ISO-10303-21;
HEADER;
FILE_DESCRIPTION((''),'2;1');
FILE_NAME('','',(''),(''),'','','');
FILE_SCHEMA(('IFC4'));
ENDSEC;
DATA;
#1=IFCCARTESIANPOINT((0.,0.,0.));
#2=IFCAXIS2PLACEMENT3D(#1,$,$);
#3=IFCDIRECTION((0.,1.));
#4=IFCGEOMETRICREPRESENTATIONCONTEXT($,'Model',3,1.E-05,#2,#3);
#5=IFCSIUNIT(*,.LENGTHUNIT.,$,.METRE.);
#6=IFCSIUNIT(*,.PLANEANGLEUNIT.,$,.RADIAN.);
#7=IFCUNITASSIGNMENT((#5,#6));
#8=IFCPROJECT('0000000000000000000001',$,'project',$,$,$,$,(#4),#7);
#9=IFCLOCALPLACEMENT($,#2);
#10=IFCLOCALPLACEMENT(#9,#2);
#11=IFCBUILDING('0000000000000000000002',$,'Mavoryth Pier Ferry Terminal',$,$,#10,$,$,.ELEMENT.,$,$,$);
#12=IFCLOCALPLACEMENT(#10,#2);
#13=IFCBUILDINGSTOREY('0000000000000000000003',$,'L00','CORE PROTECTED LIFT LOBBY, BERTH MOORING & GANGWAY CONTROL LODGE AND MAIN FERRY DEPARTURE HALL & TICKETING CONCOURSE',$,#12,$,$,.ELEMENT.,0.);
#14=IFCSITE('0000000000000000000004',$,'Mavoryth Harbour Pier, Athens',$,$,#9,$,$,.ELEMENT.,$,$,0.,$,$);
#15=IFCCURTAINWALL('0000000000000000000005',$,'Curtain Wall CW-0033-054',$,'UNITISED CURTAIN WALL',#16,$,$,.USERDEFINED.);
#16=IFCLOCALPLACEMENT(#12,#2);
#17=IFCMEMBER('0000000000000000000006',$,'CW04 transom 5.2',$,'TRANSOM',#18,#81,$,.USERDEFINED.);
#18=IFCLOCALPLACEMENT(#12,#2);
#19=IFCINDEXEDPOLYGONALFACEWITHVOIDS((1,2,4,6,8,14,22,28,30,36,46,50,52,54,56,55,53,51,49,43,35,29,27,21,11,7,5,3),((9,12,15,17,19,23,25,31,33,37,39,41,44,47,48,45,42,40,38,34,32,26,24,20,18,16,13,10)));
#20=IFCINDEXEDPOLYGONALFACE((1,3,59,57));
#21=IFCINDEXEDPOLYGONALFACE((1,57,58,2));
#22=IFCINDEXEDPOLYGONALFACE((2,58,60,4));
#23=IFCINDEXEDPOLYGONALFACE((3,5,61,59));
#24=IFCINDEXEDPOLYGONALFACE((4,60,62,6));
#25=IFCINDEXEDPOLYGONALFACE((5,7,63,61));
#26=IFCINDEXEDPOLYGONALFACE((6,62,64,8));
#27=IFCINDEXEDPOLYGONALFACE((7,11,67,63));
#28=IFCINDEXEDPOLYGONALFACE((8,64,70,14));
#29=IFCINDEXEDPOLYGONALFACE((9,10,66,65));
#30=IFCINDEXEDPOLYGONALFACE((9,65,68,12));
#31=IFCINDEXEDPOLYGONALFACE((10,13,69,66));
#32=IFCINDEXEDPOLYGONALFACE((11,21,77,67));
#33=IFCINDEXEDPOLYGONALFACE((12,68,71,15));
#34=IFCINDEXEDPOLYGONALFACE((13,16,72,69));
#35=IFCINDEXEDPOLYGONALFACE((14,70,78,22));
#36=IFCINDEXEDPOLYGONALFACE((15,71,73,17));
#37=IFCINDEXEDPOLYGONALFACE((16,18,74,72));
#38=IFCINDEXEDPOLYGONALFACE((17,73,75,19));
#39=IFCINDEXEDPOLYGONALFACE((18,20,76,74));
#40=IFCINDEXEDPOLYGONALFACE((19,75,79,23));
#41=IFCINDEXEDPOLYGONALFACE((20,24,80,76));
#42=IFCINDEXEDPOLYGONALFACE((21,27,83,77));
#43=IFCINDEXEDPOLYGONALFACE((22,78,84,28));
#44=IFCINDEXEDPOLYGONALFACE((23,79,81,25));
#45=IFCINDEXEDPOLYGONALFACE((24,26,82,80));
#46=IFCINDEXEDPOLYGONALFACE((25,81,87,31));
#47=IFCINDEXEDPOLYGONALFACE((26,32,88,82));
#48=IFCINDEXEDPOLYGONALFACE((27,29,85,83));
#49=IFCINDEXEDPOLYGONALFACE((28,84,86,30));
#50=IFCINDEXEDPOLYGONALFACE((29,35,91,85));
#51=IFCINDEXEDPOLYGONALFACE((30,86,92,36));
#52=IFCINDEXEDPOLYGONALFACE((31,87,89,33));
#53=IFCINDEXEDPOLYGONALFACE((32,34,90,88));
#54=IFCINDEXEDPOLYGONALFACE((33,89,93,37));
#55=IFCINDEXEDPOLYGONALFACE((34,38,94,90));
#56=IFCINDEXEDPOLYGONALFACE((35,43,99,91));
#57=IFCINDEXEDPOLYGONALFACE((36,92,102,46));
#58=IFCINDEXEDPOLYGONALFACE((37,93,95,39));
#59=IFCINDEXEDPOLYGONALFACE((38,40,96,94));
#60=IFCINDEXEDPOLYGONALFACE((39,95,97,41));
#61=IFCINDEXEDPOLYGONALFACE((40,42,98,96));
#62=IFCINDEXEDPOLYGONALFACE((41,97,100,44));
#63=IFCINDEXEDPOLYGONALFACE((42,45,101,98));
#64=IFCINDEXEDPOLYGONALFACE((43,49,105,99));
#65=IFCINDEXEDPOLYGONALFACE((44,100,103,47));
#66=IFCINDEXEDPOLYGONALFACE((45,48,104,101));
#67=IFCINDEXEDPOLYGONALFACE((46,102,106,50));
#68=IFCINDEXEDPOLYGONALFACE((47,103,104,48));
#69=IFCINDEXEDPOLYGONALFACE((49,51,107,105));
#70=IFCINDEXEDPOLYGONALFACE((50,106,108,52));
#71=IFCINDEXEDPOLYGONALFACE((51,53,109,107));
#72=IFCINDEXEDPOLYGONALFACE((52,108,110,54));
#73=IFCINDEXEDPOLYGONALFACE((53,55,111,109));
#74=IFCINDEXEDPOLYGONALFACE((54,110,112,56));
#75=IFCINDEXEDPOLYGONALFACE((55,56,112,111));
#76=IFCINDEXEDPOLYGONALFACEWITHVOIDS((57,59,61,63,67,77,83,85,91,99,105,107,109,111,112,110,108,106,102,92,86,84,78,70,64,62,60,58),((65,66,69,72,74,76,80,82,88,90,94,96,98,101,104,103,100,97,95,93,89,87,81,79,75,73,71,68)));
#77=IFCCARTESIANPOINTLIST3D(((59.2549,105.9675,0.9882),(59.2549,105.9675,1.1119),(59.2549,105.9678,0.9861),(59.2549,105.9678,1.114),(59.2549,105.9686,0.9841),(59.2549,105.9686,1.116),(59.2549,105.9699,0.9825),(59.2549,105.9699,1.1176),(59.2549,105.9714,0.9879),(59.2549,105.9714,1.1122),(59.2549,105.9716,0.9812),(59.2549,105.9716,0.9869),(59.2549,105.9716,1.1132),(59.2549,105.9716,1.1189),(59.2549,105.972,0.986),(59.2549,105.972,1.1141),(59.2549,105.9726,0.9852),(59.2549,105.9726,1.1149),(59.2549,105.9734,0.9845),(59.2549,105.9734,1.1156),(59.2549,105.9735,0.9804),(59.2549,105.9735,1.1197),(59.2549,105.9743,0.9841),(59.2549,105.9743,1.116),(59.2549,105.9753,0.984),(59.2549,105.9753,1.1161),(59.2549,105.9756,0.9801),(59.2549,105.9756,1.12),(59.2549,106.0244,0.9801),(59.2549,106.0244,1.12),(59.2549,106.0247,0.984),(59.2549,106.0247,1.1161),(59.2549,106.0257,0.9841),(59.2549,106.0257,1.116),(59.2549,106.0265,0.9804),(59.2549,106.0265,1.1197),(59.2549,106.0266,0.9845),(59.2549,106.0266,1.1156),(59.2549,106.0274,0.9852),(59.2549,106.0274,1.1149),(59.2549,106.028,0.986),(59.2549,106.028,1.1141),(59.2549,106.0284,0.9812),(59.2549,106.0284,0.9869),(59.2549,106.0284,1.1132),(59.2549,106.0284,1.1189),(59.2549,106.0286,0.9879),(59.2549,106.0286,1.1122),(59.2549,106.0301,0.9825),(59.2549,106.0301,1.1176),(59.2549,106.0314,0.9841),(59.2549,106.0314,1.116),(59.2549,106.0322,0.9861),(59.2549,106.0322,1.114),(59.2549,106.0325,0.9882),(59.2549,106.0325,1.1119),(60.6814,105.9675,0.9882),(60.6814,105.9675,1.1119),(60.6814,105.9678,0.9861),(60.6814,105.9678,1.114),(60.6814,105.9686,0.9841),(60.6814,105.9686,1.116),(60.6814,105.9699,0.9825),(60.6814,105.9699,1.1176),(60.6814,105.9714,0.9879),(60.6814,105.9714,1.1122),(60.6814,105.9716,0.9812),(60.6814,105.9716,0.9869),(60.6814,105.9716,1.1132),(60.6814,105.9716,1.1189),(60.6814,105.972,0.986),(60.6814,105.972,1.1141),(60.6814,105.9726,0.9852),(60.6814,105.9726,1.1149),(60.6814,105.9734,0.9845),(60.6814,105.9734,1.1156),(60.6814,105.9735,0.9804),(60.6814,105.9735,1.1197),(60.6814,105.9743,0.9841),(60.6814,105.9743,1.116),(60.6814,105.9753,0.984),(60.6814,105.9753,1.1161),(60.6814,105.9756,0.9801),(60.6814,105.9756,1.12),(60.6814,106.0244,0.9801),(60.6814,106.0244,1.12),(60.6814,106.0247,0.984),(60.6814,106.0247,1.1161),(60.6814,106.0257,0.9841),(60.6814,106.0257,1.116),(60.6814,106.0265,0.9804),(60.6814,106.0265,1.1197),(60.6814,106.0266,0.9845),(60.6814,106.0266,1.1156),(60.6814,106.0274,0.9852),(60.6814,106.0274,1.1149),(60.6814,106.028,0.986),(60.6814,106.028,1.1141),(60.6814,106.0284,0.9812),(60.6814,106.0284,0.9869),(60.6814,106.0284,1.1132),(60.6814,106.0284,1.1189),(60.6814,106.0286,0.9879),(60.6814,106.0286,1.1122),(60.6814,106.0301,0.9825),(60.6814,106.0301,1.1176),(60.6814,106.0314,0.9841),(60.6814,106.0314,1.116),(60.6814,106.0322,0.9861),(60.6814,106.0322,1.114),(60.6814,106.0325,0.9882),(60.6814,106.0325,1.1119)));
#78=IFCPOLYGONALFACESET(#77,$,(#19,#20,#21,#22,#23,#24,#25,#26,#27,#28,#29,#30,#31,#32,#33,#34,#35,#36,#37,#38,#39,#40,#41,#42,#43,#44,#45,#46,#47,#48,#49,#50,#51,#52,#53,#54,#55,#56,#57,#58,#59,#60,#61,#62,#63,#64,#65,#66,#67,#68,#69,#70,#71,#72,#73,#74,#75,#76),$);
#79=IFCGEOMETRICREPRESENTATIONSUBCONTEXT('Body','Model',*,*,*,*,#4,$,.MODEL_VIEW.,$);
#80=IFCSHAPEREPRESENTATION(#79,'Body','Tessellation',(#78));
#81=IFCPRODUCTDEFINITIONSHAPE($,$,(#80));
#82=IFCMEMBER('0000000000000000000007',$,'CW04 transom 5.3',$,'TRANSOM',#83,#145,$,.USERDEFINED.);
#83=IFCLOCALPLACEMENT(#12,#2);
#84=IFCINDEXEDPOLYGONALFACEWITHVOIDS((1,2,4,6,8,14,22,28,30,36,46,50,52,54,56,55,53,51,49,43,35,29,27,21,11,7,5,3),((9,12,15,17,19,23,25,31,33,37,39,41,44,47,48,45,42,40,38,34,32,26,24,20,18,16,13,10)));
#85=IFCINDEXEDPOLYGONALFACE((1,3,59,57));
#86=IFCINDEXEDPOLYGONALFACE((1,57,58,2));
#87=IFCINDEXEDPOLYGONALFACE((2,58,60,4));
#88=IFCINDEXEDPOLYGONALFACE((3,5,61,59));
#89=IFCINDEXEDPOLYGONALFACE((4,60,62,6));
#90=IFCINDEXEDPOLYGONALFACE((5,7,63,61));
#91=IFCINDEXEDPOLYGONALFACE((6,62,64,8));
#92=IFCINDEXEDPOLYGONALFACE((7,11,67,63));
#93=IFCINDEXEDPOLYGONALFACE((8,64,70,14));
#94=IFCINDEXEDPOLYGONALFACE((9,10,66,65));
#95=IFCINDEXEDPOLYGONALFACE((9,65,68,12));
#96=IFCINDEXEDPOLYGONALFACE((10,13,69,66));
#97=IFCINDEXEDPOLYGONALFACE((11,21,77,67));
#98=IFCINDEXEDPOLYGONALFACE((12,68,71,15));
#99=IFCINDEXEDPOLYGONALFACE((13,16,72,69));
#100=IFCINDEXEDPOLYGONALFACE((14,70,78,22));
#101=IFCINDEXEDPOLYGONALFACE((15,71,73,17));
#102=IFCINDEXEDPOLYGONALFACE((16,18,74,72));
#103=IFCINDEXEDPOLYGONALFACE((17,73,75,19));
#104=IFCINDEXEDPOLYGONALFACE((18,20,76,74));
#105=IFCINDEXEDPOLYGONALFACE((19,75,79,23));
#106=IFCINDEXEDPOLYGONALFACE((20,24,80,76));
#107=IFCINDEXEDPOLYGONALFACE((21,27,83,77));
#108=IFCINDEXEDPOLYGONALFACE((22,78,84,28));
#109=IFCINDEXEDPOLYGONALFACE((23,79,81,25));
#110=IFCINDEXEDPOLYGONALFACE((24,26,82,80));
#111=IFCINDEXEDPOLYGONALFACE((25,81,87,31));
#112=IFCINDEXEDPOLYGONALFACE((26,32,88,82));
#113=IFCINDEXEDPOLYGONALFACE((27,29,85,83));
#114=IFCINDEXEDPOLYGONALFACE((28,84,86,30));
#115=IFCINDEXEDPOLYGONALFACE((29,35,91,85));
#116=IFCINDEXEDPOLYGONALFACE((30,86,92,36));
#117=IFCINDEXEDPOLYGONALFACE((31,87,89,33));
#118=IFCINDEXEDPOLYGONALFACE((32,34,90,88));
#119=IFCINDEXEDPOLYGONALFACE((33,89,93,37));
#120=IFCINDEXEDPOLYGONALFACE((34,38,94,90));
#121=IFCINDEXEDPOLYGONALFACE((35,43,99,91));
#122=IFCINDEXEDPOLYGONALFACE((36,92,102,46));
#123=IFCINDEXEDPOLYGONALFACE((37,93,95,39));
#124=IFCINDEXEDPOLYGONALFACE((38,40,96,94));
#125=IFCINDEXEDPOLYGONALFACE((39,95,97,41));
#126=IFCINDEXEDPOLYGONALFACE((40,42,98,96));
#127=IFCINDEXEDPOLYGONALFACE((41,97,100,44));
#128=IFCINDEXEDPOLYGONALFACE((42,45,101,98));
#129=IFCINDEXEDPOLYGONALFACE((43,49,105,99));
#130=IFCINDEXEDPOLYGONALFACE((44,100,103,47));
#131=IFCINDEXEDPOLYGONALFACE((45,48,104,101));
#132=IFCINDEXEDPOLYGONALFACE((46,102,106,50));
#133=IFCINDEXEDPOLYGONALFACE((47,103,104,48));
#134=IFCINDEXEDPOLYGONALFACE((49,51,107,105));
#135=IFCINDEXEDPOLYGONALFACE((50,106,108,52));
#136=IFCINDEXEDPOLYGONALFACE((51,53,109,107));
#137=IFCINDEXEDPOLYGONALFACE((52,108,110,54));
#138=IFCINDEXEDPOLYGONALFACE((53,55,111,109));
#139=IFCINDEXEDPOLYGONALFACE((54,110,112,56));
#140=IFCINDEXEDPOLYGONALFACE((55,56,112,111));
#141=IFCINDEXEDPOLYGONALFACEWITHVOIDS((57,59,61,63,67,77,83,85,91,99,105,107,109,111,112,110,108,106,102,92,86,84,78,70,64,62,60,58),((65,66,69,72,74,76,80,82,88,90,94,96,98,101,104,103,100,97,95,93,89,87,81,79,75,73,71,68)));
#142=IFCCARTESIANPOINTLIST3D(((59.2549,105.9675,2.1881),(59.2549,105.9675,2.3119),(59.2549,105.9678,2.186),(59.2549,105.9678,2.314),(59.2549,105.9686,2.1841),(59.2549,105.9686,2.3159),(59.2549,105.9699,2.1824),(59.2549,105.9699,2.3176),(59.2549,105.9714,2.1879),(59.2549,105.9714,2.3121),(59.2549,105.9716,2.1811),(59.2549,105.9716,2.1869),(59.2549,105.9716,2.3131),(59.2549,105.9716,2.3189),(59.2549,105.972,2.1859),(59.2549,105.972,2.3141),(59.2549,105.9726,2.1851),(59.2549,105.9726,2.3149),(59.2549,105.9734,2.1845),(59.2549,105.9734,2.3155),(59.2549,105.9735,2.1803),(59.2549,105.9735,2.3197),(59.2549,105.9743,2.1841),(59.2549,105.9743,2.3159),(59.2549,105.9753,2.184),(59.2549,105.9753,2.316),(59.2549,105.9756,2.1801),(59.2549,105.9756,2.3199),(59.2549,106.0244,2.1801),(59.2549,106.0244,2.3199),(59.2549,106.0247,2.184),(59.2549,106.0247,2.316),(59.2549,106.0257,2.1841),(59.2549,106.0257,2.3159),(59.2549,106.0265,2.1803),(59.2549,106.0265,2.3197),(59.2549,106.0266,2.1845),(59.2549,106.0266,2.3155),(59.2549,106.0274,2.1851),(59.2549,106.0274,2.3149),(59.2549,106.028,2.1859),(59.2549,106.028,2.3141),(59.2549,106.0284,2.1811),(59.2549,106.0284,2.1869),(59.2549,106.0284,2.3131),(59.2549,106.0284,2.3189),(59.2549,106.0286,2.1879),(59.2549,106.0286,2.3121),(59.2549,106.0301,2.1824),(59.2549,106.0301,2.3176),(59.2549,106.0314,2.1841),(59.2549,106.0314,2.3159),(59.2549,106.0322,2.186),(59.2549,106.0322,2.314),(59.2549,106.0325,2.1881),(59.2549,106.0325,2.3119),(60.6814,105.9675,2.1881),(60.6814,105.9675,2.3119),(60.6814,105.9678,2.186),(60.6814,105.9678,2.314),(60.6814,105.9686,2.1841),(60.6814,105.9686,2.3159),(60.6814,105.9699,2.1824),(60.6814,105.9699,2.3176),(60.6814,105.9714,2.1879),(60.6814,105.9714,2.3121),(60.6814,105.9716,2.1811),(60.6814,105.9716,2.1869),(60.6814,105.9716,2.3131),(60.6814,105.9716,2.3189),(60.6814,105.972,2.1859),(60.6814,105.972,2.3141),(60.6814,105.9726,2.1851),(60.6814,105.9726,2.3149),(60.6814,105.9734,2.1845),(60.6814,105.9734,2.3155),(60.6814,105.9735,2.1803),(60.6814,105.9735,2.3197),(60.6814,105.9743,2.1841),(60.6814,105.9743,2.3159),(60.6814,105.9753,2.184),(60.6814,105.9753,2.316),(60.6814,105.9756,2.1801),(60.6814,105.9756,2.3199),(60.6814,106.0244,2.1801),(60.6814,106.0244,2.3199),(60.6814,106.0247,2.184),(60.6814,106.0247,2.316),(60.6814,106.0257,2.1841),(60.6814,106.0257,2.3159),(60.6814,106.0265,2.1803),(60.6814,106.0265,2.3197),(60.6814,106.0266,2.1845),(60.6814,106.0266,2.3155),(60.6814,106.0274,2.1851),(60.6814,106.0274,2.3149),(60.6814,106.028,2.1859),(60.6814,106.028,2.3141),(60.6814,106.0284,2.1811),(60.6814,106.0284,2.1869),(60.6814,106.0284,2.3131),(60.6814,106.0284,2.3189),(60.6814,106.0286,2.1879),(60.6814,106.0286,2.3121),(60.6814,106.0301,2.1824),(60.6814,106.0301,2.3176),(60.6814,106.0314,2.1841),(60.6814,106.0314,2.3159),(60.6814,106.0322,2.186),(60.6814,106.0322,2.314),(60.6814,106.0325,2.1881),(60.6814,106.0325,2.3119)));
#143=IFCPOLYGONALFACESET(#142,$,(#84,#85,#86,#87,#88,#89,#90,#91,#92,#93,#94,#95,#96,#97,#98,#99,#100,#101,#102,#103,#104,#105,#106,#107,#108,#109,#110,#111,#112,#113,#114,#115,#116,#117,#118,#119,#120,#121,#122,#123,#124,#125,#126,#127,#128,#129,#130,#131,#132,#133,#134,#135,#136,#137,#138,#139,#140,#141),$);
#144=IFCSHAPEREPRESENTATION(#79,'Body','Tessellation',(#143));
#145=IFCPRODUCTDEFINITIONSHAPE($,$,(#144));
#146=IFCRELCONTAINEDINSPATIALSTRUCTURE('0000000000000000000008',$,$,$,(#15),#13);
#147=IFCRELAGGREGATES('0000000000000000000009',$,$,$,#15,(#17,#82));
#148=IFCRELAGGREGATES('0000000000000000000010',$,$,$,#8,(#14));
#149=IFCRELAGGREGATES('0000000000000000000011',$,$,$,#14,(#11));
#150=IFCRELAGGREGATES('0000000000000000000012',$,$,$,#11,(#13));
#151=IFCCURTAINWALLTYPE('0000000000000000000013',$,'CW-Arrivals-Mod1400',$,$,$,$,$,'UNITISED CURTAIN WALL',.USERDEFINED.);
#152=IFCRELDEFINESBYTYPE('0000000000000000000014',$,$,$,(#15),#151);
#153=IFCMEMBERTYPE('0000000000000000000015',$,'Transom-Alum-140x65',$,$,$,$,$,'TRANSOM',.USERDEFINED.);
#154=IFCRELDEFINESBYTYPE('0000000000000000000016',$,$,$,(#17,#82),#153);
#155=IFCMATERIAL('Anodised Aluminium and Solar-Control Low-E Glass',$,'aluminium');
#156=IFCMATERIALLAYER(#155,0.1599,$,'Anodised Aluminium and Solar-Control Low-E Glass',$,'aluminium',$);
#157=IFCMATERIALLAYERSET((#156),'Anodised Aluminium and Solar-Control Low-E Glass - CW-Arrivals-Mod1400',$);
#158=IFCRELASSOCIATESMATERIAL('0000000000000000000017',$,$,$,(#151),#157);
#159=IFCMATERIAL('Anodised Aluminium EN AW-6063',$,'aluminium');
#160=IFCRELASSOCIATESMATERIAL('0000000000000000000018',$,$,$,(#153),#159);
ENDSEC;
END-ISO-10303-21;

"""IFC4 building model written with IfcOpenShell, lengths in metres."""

from ifc_helpers import new_model, si_unit, direction, frame, origin, origin_2d, place, context, subcontext, project, spatial, hollow_rectangle, extrude, material, layer, layer_set, material_profile, profile_set, type_object, element, aggregate, save


model = new_model("IFC4")

# Units and contexts
model_context = context("Model", 3, precision=1e-05, world=origin(), true_north=direction((0.0, 1.0)))
body_context = subcontext(model_context, "Body", "Model", "MODEL_VIEW")
ifc_project = project(units=[si_unit("LENGTHUNIT", "METRE"), si_unit("PLANEANGLEUNIT", "RADIAN")], contexts=[model_context])

# Site, building, storey
site_placement = place(None, origin())
site = spatial("IfcSite", under=ifc_project, at=site_placement, Name="Mavoryth Harbour Pier, Athens", CompositionType="ELEMENT", RefElevation=0.0)
building_placement = place(site_placement, origin())
building = spatial("IfcBuilding", under=site, at=building_placement, Name="Mavoryth Pier Ferry Terminal", CompositionType="ELEMENT")
storey_placement = place(building_placement, origin())
storey = spatial("IfcBuildingStorey", under=building, at=storey_placement, Name="L00", Description="CORE PROTECTED LIFT LOBBY, BERTH MOORING & GANGWAY CONTROL LODGE AND MAIN FERRY DEPARTURE HALL & TICKETING CONCOURSE", CompositionType="ELEMENT", Elevation=0.0)

# Curtain wall, members
ifc_material_1 = material(Name="Anodised Aluminium and Solar-Control Low-E Glass", Category="aluminium")
ifc_layer_1 = layer(ifc_material_1, 0.1599, Name="Anodised Aluminium and Solar-Control Low-E Glass", Category="aluminium")
ifc_layer_set_1 = layer_set([ifc_layer_1], Name="Anodised Aluminium and Solar-Control Low-E Glass - CW-Arrivals-Mod1400")
curtain_wall_type = type_object("IfcCurtainWallType", Name="CW-Arrivals-Mod1400", ElementType="UNITISED CURTAIN WALL", PredefinedType="USERDEFINED", material=ifc_layer_set_1)
curtain_wall_placement = place(storey_placement, origin())
curtain_wall = element("IfcCurtainWall", 1, at=curtain_wall_placement, inside=storey, type_object=curtain_wall_type, Name="Curtain Wall CW-0033-054", ObjectType="UNITISED CURTAIN WALL", PredefinedType="USERDEFINED")
ifc_material_2 = material(Name="Anodised Aluminium EN AW-6063", Category="aluminium")
ifc_material_profile_1 = material_profile(ifc_material_2, hollow_rectangle(XDim=0.0649, YDim=0.1399, WallThickness=0.0039, InnerFilletRadius=0.0039, OuterFilletRadius=0.0081, at=origin_2d()), Name="AL-TRAN 140x65x4", Category="aluminium")
ifc_profile_set_1 = profile_set([ifc_material_profile_1], Name="Anodised Aluminium EN AW-6063 - AL-TRAN 140x65x4")
member_type_1 = type_object("IfcMemberType", Name="Transom-Alum-140x65", ElementType="TRANSOM", PredefinedType="USERDEFINED", material=ifc_profile_set_1)
member_1_placement = place(storey_placement, frame((60.6814, 106.0, 1.05), z_axis=(-1.0, 0.0, 0.0), x_axis=(0.0, -1.0, 0.0)))
member_1 = element("IfcMember", 2, at=member_1_placement, type_object=member_type_1, Name="CW04 transom 5.2", ObjectType="TRANSOM", PredefinedType="USERDEFINED", context=body_context, shape_type="SweptSolid", body=[
    extrude(hollow_rectangle(XDim=0.0649, YDim=0.1399, WallThickness=0.0039, InnerFilletRadius=0.0039, OuterFilletRadius=0.0081, at=origin_2d()), origin(), (0.0, 0.0, 1.0), 1.4265),
])
member_2_placement = place(storey_placement, frame((60.6814, 106.0, 2.25), z_axis=(-1.0, 0.0, 0.0), x_axis=(0.0, -1.0, 0.0)))
member_2 = element("IfcMember", 3, at=member_2_placement, type_object=member_type_1, Name="CW04 transom 5.3", ObjectType="TRANSOM", PredefinedType="USERDEFINED", context=body_context, shape_type="SweptSolid", body=[
    extrude(hollow_rectangle(XDim=0.0649, YDim=0.1399, WallThickness=0.0039, InnerFilletRadius=0.0039, OuterFilletRadius=0.0081, at=origin_2d()), origin(), (0.0, 0.0, 1.0), 1.4265),
])
aggregate(curtain_wall, [member_1, member_2])

save(model, "model.ifc")
